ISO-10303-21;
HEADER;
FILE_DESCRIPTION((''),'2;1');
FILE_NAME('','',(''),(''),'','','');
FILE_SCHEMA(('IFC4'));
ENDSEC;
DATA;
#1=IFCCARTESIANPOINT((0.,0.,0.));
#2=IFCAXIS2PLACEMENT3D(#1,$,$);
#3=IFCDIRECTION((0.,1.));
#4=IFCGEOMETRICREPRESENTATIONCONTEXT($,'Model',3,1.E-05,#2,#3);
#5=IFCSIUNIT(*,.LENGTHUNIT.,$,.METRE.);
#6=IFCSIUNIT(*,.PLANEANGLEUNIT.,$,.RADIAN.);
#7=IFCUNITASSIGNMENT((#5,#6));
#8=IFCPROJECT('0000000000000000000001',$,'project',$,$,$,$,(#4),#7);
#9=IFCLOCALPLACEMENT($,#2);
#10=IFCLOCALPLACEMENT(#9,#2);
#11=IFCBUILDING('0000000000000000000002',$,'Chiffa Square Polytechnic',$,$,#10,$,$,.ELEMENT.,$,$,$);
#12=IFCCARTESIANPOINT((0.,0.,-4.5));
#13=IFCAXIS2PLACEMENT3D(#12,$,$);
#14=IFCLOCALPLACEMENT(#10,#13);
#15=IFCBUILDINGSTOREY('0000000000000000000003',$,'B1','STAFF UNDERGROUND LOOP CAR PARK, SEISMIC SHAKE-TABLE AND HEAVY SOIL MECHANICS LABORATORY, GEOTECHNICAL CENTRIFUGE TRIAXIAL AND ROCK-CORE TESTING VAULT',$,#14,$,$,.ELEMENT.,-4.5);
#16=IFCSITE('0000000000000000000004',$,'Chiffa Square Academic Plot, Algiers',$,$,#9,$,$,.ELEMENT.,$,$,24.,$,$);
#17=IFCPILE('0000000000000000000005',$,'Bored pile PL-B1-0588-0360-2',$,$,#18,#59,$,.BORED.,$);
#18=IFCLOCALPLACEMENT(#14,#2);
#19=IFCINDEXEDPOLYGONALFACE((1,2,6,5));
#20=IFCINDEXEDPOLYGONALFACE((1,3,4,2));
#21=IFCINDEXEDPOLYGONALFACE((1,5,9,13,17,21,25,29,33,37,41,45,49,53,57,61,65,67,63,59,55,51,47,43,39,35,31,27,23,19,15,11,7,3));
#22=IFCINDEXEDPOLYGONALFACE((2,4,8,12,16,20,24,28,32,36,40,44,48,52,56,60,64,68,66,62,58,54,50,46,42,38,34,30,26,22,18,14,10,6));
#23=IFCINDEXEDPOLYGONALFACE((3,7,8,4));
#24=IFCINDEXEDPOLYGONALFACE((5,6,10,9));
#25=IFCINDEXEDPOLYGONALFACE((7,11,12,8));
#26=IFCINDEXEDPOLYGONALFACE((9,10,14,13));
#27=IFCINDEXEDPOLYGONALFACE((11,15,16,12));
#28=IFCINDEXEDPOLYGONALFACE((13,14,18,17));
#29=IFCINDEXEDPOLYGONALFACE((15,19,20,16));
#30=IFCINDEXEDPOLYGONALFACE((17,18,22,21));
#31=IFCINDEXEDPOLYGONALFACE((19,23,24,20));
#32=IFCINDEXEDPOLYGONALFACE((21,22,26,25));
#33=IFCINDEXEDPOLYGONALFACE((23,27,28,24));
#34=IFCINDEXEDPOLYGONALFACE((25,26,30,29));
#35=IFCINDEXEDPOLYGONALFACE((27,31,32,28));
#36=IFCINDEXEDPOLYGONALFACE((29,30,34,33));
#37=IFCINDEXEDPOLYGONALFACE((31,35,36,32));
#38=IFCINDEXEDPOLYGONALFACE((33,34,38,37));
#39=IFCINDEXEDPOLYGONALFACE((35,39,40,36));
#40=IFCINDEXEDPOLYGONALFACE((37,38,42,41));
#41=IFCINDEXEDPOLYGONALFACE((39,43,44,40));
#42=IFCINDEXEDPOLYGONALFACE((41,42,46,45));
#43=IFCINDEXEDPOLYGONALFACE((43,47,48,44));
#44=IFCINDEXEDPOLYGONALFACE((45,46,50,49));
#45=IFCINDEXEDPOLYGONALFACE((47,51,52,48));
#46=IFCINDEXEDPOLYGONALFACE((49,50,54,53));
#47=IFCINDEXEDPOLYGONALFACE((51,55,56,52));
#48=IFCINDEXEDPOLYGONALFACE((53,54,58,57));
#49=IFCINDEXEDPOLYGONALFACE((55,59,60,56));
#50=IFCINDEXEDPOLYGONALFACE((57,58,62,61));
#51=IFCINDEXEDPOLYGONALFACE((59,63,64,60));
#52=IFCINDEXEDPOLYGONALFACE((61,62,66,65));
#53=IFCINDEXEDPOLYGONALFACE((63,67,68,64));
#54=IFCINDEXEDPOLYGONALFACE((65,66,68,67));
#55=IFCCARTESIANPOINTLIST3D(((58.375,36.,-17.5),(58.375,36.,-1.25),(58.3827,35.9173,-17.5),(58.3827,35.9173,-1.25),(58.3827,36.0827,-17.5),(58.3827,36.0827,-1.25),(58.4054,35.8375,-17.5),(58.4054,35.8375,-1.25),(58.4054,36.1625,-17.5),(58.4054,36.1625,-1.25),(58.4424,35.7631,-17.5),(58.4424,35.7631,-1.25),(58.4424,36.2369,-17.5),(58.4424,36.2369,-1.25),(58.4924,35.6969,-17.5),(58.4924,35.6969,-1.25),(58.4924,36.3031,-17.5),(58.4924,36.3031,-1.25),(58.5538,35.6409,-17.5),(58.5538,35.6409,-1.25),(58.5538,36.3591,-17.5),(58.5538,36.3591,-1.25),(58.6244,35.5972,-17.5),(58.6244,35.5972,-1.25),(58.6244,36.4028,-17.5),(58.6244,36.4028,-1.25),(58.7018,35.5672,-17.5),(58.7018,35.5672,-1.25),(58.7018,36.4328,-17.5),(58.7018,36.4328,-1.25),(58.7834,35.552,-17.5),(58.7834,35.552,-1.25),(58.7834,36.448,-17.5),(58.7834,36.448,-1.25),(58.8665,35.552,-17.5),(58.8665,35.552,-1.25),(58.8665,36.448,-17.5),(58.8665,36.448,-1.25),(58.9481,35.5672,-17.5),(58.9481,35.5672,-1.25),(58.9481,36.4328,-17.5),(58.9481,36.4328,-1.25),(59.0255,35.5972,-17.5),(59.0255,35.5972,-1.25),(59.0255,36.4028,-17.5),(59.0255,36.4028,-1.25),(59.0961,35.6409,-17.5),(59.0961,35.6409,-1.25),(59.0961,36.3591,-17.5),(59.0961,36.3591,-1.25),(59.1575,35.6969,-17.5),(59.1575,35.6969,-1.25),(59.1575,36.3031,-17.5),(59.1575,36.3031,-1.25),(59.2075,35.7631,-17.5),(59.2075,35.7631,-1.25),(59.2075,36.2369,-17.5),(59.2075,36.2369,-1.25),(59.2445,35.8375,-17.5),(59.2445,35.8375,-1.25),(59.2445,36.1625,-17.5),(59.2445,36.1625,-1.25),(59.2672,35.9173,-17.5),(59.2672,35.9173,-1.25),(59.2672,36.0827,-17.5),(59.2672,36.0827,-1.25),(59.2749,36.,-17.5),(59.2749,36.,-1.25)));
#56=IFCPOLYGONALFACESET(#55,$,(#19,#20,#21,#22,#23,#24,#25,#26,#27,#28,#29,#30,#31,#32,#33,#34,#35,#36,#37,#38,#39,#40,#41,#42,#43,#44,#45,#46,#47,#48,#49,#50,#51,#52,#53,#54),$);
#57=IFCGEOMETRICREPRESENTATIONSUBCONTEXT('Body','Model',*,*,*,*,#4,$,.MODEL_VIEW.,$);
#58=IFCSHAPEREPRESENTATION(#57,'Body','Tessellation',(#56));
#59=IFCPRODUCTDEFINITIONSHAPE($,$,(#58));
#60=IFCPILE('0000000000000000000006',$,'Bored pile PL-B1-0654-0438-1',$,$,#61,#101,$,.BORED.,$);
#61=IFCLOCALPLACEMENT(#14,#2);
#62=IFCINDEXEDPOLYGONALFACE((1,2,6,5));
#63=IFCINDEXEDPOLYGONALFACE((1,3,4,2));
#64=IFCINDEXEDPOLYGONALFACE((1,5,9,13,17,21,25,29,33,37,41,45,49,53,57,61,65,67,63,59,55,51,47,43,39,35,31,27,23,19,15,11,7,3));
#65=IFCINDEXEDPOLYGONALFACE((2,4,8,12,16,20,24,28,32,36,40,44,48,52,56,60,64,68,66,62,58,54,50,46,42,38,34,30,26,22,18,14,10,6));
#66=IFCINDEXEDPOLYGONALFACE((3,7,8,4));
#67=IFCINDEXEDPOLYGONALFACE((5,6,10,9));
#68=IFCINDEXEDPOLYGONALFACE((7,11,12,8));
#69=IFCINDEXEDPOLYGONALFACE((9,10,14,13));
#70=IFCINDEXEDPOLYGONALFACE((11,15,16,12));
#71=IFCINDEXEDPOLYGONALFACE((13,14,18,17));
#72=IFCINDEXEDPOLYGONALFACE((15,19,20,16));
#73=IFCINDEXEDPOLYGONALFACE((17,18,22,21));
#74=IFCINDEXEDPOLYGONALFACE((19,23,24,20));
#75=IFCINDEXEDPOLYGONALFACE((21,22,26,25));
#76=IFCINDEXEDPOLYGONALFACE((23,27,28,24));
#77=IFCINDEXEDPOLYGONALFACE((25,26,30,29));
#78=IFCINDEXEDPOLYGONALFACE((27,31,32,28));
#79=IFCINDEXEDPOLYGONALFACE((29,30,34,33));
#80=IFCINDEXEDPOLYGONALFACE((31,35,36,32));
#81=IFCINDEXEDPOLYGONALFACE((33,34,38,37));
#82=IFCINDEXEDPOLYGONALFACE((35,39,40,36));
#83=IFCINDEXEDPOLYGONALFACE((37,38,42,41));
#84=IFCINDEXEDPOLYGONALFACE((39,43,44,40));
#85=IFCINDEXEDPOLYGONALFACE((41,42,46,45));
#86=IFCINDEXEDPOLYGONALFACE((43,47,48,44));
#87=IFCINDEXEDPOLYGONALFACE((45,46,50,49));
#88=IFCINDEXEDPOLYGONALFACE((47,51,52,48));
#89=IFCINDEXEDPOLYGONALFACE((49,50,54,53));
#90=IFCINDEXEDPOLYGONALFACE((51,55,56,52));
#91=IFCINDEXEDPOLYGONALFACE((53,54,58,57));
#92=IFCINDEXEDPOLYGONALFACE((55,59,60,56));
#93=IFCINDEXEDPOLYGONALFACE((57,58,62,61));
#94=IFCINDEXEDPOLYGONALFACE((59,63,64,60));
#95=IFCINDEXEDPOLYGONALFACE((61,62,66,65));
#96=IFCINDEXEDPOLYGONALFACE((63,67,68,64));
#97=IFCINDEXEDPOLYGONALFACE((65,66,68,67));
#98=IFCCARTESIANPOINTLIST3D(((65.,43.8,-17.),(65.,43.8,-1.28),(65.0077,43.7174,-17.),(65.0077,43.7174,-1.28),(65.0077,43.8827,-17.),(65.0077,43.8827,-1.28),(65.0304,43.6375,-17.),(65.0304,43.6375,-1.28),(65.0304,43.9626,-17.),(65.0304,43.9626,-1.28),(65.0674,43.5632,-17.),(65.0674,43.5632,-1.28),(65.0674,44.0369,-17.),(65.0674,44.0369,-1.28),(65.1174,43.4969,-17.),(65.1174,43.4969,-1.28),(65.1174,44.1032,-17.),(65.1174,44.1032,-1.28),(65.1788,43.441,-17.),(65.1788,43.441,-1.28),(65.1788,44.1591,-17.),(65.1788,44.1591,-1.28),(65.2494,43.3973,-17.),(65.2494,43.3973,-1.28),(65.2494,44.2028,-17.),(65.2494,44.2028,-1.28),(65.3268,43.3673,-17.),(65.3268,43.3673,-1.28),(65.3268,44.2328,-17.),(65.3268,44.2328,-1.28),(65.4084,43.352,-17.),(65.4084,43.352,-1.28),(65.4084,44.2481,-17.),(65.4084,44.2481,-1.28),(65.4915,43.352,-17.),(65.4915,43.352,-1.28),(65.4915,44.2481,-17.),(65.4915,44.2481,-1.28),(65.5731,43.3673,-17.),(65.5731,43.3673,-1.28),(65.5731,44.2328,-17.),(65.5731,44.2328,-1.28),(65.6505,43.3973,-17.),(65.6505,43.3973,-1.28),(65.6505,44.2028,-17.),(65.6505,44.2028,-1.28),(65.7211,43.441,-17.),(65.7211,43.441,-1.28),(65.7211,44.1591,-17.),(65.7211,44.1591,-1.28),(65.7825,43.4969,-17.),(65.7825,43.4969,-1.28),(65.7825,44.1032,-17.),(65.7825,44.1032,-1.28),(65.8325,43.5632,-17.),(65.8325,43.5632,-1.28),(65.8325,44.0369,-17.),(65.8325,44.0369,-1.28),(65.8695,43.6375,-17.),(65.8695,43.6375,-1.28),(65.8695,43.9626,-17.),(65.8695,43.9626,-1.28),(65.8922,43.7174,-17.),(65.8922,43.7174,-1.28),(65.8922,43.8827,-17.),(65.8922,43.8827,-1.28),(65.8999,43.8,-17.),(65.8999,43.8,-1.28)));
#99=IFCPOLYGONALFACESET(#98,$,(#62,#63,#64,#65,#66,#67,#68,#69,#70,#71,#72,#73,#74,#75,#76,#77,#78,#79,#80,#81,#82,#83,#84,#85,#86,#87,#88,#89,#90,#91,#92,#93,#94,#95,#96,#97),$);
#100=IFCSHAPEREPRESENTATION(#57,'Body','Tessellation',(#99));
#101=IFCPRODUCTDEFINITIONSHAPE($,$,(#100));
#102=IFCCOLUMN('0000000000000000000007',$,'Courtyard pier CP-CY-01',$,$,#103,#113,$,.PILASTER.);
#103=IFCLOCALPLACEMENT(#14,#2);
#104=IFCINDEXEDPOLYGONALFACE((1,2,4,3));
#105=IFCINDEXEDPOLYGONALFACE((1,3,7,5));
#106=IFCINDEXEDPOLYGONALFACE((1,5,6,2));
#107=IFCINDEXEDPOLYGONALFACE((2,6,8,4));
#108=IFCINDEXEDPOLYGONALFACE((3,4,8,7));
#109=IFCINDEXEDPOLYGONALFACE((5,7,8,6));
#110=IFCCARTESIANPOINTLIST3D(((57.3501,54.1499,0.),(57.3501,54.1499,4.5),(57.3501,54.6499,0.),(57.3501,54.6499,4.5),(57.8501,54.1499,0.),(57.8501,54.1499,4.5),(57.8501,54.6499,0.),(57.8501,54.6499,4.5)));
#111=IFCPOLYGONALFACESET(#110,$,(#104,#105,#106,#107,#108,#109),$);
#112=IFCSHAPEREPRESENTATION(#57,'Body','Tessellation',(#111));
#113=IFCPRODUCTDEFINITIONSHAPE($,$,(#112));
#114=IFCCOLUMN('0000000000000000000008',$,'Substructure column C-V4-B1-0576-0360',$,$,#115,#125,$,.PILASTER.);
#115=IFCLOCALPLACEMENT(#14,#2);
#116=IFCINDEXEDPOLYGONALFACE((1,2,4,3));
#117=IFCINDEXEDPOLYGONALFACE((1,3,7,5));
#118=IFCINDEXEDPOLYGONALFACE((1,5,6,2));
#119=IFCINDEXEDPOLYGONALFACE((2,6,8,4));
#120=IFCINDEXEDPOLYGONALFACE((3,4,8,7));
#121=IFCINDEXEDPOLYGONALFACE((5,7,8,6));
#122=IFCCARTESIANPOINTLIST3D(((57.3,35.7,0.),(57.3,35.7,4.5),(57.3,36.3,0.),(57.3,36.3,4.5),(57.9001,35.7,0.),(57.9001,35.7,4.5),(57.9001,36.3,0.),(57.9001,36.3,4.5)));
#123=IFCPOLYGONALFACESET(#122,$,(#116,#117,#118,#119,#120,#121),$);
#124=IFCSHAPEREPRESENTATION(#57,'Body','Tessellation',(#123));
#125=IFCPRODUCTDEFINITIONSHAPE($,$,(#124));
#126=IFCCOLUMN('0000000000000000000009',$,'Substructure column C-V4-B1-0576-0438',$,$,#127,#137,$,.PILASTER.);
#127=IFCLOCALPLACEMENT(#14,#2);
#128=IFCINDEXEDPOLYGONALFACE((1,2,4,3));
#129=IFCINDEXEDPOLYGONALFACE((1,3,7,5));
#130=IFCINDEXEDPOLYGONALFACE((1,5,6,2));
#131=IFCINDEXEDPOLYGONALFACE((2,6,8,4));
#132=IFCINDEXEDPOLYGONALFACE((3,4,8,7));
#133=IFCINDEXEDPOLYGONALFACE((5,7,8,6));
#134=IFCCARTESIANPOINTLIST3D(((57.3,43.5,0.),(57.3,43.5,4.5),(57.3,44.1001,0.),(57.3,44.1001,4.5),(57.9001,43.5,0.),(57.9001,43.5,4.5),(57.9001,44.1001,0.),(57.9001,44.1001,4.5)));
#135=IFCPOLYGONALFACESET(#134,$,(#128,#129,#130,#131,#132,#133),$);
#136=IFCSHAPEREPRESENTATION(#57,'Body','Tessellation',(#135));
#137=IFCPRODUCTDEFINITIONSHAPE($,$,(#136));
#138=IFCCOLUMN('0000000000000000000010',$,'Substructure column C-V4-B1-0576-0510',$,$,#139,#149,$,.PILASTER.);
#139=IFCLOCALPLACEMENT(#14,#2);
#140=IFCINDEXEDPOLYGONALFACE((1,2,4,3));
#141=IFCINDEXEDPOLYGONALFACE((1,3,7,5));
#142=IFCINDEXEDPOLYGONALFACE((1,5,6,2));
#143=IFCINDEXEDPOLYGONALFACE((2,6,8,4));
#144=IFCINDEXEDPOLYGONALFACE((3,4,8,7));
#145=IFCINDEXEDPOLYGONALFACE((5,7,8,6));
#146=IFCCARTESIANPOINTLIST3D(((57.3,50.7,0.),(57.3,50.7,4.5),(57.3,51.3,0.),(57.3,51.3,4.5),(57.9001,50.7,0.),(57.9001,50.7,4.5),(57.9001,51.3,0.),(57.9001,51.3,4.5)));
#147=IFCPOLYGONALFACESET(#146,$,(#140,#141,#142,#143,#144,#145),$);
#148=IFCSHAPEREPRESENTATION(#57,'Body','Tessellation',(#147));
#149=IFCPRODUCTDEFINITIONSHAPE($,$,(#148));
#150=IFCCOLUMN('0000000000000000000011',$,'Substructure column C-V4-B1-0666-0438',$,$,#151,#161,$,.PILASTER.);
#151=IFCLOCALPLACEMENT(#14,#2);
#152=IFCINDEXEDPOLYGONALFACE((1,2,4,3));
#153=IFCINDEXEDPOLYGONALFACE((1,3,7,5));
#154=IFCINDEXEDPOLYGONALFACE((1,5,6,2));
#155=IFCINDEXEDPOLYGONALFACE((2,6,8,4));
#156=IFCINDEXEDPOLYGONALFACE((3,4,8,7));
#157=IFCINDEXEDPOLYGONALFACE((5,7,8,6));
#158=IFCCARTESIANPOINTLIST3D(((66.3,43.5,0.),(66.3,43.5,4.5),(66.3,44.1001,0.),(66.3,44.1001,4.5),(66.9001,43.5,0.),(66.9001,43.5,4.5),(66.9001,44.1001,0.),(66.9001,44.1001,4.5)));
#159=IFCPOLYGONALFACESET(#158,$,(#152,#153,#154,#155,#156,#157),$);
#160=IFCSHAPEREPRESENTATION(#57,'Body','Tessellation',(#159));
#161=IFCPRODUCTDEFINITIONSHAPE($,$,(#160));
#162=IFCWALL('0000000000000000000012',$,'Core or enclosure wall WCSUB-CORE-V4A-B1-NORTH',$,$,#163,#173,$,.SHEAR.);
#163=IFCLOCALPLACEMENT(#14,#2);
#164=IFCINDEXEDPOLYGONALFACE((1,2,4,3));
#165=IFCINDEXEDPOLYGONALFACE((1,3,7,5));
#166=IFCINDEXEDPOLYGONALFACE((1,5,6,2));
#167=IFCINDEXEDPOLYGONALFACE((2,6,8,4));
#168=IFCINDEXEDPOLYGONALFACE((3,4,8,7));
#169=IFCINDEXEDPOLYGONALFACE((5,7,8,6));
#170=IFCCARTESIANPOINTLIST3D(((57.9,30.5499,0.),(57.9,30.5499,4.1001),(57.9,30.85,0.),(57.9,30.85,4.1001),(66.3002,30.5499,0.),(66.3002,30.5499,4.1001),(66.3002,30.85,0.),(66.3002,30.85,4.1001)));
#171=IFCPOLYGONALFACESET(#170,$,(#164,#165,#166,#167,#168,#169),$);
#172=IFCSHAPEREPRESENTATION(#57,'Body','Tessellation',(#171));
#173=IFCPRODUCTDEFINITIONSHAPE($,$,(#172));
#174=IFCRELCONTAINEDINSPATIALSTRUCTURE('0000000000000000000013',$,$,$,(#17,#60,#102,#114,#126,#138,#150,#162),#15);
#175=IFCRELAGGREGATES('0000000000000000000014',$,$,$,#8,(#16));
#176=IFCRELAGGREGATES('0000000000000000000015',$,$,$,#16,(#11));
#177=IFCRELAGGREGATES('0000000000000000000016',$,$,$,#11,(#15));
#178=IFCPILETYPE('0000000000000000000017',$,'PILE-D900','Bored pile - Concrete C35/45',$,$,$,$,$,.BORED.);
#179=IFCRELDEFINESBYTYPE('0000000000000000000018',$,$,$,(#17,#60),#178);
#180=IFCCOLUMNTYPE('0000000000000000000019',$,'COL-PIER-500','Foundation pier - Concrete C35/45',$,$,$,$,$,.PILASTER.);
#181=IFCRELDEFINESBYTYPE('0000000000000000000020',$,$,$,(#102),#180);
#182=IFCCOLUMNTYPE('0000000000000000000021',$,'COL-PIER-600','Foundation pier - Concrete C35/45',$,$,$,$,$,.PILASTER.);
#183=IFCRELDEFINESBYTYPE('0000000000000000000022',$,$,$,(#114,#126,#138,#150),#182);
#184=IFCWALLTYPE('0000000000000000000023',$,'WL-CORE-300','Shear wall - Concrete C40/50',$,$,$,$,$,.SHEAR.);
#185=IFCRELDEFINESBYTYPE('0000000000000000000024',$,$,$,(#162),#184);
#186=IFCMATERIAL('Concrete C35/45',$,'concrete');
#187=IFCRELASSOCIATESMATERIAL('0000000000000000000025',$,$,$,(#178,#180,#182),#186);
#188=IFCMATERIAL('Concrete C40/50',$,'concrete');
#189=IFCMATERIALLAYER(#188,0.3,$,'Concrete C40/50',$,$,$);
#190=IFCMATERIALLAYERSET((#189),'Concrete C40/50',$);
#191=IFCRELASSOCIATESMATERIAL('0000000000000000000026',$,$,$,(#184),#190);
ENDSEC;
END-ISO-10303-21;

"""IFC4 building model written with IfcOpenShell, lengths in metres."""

from ifc_helpers import new_model, si_unit, direction, frame, frame_2d, origin, origin_2d, place, context, subcontext, project, spatial, rectangle, circle, extrude, material, layer, layer_set, material_profile, profile_set, type_object, element, save


model = new_model("IFC4")

# Units and contexts
model_context = context("Model", 3, precision=1e-05, world=origin(), true_north=direction((0.0, 1.0)))
body_context = subcontext(model_context, "Body", "Model", "MODEL_VIEW")
ifc_project = project(units=[si_unit("LENGTHUNIT", "METRE"), si_unit("PLANEANGLEUNIT", "RADIAN")], contexts=[model_context])

# Site, building, storey
site_placement = place(None, origin())
site = spatial("IfcSite", under=ifc_project, at=site_placement, Name="Chiffa Square Academic Plot, Algiers", CompositionType="ELEMENT", RefElevation=24.0)
building_placement = place(site_placement, origin())
building = spatial("IfcBuilding", under=site, at=building_placement, Name="Chiffa Square Polytechnic", CompositionType="ELEMENT")
storey_placement = place(building_placement, frame((0.0, 0.0, -4.5)))
storey = spatial("IfcBuildingStorey", under=building, at=storey_placement, Name="B1", Description="STAFF UNDERGROUND LOOP CAR PARK, SEISMIC SHAKE-TABLE AND HEAVY SOIL MECHANICS LABORATORY, GEOTECHNICAL CENTRIFUGE TRIAXIAL AND ROCK-CORE TESTING VAULT", CompositionType="ELEMENT", Elevation=-4.5)

# Shared definitions
ifc_material_1 = material(Name="Concrete C35/45", Category="concrete")

# Piles
ifc_material_profile_1 = material_profile(ifc_material_1, circle(Radius=0.45, at=origin_2d()), Name="PILE D900")
ifc_profile_set_1 = profile_set([ifc_material_profile_1], Name="Concrete C35/45")
pile_type_1 = type_object("IfcPileType", Name="PILE-D900", Description="Bored pile - Concrete C35/45", PredefinedType="BORED", material=ifc_profile_set_1)
for number, where, z_axis, x_axis, name in (
    (1, (58.825, 36.0, -1.25), (0.0, 0.0, -1.0), (1.0, 0.0, 0.0), "Bored pile PL-B1-0588-0360-2"),
):
    element("IfcPile", number, at=place(storey_placement, frame(where, z_axis=z_axis, x_axis=x_axis)), inside=storey, type_object=pile_type_1, Name=name, PredefinedType="BORED", context=body_context, shape_type="SweptSolid", body=[
        extrude(circle(Radius=0.45, at=origin_2d()), origin(), (0.0, 0.0, 1.0), 16.25),
    ])
pile_1_placement = place(storey_placement, frame((65.45, 43.8, -1.28), z_axis=(0.0, 0.0, -1.0), x_axis=(1.0, 0.0, 0.0)))
element("IfcPile", 2, at=pile_1_placement, inside=storey, type_object=pile_type_1, Name="Bored pile PL-B1-0654-0438-1", PredefinedType="BORED", context=body_context, shape_type="SweptSolid", body=[
    extrude(circle(Radius=0.45, at=origin_2d()), origin(), (0.0, 0.0, 1.0), 15.72),
])

# Columns
ifc_material_profile_2 = material_profile(ifc_material_1, rectangle(XDim=0.5, YDim=0.5, at=origin_2d()), Name="RC 500x500")
ifc_profile_set_2 = profile_set([ifc_material_profile_2], Name="Concrete C35/45")
column_type_1 = type_object("IfcColumnType", Name="COL-PIER-500", Description="Foundation pier - Concrete C35/45", PredefinedType="PILASTER", material=ifc_profile_set_2)
column_placement = place(storey_placement, frame((57.6001, 54.3999, 0.0), z_axis=(0.0, 0.0, 1.0), x_axis=(1.0, 0.0, 0.0)))
element("IfcColumn", 3, at=column_placement, inside=storey, type_object=column_type_1, Name="Courtyard pier CP-CY-01", PredefinedType="PILASTER", context=body_context, shape_type="SweptSolid", body=[
    extrude(rectangle(XDim=0.5, YDim=0.5, at=origin_2d()), origin(), (0.0, 0.0, 1.0), 4.5),
])
ifc_material_profile_3 = material_profile(ifc_material_1, rectangle(XDim=0.6001, YDim=0.6001, at=origin_2d()), Name="RC 600x600")
ifc_profile_set_3 = profile_set([ifc_material_profile_3], Name="Concrete C35/45")
column_type_2 = type_object("IfcColumnType", Name="COL-PIER-600", Description="Foundation pier - Concrete C35/45", PredefinedType="PILASTER", material=ifc_profile_set_3)
for number, where, z_axis, x_axis, name in (
    (4, (57.6001, 36.0, 0.0), (0.0, 0.0, 1.0), (1.0, 0.0, 0.0), "Substructure column C-V4-B1-0576-0360"),
    (5, (57.6001, 43.8, 0.0), (0.0, 0.0, 1.0), (1.0, 0.0, 0.0), "Substructure column C-V4-B1-0576-0438"),
    (6, (57.6001, 51.0, 0.0), (0.0, 0.0, 1.0), (1.0, 0.0, 0.0), "Substructure column C-V4-B1-0576-0510"),
    (7, (66.6001, 43.8, 0.0), (0.0, 0.0, 1.0), (1.0, 0.0, 0.0), "Substructure column C-V4-B1-0666-0438"),
):
    element("IfcColumn", number, at=place(storey_placement, frame(where, z_axis=z_axis, x_axis=x_axis)), inside=storey, type_object=column_type_2, Name=name, PredefinedType="PILASTER", context=body_context, shape_type="SweptSolid", body=[
        extrude(rectangle(XDim=0.6001, YDim=0.6001, at=origin_2d()), origin(), (0.0, 0.0, 1.0), 4.5),
    ])

# Wall
ifc_material_2 = material(Name="Concrete C40/50", Category="concrete")
ifc_layer_1 = layer(ifc_material_2, 0.3, Name="Concrete C40/50")
ifc_layer_set_1 = layer_set([ifc_layer_1], Name="Concrete C40/50")
wall_type = type_object("IfcWallType", Name="WL-CORE-300", Description="Shear wall - Concrete C40/50", PredefinedType="SHEAR", material=ifc_layer_set_1)
wall_placement = place(storey_placement, frame((57.8999, 30.7, 0.0), z_axis=(0.0, 0.0, 1.0), x_axis=(1.0, 0.0, 0.0)))
element("IfcWall", 8, at=wall_placement, inside=storey, type_object=wall_type, Name="Core or enclosure wall WCSUB-CORE-V4A-B1-NORTH", PredefinedType="SHEAR", context=body_context, shape_type="SweptSolid", body=[
    extrude(rectangle(XDim=8.4001, YDim=0.3, at=frame_2d((4.2002, 0.0))), origin(), (0.0, 0.0, 1.0), 4.1001),
])

save(model, "model.ifc")
